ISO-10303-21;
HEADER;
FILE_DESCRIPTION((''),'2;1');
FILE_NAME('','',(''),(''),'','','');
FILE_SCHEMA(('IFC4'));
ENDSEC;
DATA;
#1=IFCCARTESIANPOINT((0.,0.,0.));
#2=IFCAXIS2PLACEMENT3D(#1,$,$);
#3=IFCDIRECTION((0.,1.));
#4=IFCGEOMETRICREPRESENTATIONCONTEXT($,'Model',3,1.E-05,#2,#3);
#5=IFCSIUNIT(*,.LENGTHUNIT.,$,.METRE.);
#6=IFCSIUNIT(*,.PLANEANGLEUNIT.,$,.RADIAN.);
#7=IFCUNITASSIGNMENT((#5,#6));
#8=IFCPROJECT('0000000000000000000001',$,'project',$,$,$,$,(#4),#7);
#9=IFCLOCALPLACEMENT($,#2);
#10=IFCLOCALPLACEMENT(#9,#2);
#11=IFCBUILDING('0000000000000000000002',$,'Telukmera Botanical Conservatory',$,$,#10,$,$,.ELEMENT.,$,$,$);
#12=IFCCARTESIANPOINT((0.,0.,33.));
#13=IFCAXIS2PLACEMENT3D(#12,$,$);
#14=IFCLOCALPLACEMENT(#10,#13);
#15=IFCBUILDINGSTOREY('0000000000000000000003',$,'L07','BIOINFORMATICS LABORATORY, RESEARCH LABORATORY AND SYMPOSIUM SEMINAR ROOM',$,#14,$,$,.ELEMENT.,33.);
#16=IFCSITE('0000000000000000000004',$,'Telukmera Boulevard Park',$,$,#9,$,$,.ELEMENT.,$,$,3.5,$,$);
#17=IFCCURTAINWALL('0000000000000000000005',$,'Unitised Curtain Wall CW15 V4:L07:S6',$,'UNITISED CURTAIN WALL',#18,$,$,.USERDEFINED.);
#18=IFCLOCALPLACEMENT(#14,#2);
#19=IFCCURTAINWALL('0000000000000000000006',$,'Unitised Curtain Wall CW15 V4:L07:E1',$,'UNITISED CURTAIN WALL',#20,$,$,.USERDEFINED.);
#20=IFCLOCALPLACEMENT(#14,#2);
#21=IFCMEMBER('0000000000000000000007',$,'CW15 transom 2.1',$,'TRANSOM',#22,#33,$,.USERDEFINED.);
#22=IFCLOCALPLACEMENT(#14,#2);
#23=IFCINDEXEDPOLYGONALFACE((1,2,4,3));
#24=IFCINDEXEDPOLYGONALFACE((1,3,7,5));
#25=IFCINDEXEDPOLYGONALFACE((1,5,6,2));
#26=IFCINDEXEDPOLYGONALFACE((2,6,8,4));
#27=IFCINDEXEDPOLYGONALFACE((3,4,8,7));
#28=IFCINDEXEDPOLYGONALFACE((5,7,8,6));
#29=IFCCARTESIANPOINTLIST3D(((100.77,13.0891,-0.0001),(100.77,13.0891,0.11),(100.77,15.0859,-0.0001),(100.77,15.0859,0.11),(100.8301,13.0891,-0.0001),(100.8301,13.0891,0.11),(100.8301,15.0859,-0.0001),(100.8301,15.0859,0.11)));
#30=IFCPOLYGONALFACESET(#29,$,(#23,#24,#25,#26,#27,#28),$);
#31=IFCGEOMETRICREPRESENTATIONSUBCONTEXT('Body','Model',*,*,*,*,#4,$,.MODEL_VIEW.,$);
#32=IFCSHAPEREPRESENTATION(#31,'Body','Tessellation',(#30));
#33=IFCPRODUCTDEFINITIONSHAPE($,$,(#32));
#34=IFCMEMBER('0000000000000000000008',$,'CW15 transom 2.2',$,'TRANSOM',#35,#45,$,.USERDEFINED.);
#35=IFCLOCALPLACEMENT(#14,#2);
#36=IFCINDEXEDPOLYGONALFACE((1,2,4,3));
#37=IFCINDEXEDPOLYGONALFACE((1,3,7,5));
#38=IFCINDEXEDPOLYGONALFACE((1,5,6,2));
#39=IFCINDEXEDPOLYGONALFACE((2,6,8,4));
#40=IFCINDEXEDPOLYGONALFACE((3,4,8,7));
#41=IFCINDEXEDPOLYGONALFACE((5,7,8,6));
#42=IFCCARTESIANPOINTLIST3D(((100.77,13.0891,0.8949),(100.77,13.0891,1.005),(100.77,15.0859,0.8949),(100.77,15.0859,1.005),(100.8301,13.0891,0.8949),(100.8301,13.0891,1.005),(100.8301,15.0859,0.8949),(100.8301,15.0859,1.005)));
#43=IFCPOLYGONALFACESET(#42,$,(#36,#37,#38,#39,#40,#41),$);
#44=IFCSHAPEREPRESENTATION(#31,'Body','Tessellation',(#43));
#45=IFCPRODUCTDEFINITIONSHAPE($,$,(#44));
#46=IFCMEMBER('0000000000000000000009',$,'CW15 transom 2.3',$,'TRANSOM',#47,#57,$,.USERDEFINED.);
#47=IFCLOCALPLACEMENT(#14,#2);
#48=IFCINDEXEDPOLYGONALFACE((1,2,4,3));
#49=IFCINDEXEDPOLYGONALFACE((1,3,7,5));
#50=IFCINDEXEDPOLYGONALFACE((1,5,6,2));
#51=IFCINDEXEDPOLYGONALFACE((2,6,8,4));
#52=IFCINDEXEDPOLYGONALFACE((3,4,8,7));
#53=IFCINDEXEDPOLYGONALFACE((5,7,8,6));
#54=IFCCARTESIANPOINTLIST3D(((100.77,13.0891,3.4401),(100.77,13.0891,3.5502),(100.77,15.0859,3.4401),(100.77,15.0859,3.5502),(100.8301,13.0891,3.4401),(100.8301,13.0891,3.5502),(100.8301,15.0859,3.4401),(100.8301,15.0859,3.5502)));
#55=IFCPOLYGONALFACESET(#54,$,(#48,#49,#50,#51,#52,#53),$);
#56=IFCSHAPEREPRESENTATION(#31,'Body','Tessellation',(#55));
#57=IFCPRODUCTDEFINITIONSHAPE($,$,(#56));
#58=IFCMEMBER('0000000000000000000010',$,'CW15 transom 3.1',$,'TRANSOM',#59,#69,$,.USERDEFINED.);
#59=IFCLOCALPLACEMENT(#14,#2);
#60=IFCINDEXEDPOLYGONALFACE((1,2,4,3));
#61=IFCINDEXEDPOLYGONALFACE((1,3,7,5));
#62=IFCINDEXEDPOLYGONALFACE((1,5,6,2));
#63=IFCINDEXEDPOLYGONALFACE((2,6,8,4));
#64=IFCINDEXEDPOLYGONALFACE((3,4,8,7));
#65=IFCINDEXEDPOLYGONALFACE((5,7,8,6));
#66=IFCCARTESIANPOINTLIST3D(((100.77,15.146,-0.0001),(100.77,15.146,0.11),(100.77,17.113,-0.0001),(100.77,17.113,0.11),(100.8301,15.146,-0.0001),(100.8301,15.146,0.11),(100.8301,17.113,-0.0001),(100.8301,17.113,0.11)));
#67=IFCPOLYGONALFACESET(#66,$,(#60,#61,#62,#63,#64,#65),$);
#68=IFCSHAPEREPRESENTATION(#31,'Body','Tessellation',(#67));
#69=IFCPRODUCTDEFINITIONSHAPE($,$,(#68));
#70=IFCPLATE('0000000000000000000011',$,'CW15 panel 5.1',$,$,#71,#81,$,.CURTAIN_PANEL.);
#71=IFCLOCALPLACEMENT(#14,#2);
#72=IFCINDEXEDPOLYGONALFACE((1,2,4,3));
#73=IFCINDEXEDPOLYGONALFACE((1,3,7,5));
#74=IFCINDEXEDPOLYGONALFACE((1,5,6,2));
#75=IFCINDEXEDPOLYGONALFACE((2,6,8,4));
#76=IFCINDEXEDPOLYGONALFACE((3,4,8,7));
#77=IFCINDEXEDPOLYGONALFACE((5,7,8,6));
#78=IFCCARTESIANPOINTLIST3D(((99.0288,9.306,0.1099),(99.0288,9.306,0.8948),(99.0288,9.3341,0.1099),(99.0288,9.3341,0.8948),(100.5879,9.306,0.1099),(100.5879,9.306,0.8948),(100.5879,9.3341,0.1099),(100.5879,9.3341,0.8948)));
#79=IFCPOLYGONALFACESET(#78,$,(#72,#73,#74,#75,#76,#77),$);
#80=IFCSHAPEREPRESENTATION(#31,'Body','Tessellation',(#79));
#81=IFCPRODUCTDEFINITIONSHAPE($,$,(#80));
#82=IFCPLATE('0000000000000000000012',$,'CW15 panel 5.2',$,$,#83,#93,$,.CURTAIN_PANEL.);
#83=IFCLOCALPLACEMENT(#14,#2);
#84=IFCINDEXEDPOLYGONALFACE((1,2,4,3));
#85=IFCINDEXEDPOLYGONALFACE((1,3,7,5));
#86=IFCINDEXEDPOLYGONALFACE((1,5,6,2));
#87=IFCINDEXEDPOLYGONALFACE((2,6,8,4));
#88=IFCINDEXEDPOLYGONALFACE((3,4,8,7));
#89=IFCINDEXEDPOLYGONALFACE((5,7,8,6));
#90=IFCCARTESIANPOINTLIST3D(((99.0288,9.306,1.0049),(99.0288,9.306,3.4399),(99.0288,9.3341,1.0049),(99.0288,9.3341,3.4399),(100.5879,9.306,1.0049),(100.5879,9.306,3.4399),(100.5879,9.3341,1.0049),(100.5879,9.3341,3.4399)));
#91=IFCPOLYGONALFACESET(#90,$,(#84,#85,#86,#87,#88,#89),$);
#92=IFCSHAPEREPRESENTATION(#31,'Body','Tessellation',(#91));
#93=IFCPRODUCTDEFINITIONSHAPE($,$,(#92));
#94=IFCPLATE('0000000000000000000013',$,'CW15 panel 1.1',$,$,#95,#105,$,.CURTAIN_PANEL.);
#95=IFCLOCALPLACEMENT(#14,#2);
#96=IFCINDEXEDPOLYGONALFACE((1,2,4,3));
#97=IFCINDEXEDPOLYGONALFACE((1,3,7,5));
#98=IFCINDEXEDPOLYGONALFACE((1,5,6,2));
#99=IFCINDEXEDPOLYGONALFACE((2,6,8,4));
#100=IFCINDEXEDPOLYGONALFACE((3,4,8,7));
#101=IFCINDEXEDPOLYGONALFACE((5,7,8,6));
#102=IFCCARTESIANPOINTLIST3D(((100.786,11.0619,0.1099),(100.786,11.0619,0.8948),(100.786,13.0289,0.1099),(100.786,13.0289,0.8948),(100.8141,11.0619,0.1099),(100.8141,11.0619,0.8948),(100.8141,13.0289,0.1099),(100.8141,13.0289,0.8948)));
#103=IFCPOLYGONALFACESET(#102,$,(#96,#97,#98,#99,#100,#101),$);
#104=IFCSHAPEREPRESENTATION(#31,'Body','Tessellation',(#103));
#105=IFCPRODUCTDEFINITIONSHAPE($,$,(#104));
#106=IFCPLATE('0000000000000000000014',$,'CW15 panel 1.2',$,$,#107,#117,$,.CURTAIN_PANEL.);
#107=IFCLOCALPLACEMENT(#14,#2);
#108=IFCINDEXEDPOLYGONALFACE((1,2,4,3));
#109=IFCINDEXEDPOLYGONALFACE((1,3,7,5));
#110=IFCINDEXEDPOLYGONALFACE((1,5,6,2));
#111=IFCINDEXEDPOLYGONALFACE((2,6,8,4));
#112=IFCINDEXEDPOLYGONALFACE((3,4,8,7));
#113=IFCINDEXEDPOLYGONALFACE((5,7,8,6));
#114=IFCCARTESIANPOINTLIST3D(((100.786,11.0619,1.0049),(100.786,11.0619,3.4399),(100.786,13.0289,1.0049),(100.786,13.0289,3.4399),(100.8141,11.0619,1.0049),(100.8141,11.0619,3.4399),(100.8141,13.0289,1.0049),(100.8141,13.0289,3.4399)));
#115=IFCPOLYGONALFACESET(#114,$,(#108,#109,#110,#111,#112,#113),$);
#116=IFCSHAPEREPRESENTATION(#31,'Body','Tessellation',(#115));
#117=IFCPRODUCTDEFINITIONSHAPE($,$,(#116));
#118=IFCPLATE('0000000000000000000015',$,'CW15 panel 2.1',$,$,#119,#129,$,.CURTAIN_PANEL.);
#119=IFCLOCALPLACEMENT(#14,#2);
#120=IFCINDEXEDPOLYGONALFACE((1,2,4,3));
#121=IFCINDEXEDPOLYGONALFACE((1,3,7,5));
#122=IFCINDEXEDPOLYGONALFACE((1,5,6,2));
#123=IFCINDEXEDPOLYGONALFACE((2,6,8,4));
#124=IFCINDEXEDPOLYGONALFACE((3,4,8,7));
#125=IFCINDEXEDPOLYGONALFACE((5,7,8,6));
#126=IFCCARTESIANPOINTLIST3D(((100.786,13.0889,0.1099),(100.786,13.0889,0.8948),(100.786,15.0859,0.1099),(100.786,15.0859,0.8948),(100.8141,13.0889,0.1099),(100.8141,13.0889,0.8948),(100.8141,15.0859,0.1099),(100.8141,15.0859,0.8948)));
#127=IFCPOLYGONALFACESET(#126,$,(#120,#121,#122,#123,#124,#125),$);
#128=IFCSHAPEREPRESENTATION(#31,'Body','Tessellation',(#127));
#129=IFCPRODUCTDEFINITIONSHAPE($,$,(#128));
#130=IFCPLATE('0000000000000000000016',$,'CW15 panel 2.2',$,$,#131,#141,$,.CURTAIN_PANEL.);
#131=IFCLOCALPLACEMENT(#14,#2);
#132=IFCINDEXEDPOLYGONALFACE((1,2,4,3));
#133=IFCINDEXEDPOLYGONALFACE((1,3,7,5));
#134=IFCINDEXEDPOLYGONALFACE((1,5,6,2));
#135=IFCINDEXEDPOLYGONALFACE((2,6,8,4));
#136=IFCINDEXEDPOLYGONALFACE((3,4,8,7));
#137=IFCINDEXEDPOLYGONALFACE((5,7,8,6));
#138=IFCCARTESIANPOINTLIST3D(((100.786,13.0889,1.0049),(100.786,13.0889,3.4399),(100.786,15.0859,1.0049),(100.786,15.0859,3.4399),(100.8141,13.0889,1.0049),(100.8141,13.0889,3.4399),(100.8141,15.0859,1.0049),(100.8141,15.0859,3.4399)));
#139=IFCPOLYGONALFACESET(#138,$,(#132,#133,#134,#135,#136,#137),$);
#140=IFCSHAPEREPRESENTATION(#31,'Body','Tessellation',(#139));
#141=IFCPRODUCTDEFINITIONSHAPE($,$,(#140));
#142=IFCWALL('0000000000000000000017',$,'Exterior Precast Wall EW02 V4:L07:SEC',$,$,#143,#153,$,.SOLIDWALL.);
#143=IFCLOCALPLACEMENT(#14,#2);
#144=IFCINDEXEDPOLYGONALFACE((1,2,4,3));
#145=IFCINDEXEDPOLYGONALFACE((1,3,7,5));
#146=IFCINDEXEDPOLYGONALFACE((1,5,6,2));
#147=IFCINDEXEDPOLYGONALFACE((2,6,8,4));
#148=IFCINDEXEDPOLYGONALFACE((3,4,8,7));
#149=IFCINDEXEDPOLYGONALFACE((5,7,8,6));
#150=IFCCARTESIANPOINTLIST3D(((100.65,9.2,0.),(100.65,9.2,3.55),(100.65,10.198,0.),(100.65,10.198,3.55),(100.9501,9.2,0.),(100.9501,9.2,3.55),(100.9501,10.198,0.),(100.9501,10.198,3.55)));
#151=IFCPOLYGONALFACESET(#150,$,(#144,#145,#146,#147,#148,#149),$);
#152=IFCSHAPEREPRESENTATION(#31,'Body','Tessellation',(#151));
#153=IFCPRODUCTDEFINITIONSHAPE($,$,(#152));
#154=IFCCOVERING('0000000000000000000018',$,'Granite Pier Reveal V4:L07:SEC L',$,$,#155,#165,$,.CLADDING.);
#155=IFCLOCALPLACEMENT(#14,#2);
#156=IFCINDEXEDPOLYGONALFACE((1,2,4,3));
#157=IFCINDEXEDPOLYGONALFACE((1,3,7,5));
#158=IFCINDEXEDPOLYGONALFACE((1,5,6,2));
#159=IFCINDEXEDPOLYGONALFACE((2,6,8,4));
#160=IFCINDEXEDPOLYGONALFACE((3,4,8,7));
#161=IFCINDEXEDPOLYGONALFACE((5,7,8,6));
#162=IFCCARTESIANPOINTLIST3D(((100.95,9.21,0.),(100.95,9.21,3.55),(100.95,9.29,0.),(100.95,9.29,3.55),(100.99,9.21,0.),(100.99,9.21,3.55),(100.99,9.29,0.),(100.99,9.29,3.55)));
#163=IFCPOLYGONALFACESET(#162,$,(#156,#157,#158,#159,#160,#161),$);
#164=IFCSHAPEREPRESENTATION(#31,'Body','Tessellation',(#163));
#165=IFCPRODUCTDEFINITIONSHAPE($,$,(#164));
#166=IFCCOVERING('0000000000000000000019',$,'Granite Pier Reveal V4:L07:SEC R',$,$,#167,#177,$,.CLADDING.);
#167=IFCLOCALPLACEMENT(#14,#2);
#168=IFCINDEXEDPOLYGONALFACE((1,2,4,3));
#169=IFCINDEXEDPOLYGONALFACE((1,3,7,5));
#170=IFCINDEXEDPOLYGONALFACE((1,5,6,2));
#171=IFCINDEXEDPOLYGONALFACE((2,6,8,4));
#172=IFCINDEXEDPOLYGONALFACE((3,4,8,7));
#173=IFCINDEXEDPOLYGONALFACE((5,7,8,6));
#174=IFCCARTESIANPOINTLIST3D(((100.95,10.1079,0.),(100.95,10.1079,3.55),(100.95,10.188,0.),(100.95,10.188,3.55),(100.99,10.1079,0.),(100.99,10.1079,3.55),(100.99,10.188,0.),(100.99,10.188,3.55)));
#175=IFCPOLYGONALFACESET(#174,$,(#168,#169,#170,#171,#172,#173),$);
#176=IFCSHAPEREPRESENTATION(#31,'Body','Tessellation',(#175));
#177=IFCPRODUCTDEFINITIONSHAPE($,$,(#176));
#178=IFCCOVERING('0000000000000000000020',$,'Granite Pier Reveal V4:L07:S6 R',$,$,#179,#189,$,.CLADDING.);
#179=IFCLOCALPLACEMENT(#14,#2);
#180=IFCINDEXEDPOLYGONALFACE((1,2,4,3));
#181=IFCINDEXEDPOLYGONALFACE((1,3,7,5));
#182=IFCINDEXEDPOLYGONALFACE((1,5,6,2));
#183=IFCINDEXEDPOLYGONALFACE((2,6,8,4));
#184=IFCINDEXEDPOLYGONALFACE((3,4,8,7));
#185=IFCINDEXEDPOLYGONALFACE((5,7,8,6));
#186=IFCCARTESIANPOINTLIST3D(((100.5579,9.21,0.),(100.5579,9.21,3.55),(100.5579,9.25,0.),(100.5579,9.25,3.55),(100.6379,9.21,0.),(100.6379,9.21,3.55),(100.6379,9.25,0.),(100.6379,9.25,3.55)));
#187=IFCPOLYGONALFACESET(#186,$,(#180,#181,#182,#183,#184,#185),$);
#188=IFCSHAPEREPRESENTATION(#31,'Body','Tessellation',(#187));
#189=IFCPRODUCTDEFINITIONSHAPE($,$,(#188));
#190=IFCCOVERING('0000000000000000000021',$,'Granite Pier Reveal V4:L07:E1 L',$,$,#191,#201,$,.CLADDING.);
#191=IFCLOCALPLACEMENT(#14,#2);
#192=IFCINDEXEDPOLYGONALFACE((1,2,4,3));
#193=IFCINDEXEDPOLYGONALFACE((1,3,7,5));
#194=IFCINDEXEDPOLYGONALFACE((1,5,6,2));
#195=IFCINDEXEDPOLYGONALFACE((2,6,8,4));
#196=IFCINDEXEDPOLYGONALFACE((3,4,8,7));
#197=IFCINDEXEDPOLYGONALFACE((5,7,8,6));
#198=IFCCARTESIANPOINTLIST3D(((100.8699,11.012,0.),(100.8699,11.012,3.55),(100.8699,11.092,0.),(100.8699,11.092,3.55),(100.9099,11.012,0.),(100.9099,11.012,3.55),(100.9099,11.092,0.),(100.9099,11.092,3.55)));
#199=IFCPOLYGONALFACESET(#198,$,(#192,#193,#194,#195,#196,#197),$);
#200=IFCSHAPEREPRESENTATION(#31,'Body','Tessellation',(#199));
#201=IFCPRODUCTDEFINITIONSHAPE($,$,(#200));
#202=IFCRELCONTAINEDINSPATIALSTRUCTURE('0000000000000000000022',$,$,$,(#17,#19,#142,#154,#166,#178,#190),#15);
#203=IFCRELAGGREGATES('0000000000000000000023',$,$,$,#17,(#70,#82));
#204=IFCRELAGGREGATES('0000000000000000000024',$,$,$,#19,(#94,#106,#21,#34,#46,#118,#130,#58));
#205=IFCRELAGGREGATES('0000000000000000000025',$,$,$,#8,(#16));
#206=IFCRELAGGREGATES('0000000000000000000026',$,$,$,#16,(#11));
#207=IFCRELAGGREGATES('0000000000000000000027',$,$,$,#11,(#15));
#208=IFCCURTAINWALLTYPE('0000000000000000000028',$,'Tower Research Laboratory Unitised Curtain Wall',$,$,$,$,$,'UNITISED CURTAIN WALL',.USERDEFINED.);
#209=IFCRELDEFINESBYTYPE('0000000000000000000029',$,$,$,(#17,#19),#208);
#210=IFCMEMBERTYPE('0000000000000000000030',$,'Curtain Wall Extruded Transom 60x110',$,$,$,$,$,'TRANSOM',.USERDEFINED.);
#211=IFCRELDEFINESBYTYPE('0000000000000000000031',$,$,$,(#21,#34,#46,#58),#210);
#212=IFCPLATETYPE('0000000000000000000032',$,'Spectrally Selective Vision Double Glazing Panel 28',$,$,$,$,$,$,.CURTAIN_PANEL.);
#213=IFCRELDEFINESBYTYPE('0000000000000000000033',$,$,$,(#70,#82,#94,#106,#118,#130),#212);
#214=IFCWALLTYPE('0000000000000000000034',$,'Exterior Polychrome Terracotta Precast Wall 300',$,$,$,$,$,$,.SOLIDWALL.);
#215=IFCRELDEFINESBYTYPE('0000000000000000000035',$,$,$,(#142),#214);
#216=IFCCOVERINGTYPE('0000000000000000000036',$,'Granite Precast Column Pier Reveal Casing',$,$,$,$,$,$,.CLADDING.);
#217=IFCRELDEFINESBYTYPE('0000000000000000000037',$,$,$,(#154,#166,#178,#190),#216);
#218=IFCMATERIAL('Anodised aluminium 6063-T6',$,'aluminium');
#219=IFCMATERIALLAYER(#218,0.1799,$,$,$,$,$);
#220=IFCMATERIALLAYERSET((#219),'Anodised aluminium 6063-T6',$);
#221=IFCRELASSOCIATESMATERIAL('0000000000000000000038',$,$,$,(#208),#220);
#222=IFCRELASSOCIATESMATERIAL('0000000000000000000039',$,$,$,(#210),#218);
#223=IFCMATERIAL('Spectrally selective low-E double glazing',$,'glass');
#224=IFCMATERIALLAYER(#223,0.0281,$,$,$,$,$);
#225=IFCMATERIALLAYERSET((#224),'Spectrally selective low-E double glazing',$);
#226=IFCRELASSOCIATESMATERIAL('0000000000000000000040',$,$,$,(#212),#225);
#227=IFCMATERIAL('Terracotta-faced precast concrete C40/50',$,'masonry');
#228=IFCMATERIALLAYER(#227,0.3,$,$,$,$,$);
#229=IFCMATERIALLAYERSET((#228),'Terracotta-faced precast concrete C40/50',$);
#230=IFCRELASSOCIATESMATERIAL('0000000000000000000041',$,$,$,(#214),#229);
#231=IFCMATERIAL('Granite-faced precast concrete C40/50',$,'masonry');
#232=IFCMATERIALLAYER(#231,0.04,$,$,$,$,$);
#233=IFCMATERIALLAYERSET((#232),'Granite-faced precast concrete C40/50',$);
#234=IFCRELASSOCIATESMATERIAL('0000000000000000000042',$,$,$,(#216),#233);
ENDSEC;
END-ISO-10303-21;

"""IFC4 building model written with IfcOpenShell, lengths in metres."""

from ifc_helpers import new_model, si_unit, direction, frame, frame_2d, origin, origin_2d, place, context, subcontext, project, spatial, rectangle, extrude, material, layer, layer_set, material_profile, profile_set, type_object, element, aggregate, save


model = new_model("IFC4")

# Units and contexts
model_context = context("Model", 3, precision=1e-05, world=origin(), true_north=direction((0.0, 1.0)))
body_context = subcontext(model_context, "Body", "Model", "MODEL_VIEW")
ifc_project = project(units=[si_unit("LENGTHUNIT", "METRE"), si_unit("PLANEANGLEUNIT", "RADIAN")], contexts=[model_context])

# Site, building, storey
site_placement = place(None, origin())
site = spatial("IfcSite", under=ifc_project, at=site_placement, Name="Telukmera Boulevard Park", CompositionType="ELEMENT", RefElevation=3.5)
building_placement = place(site_placement, origin())
building = spatial("IfcBuilding", under=site, at=building_placement, Name="Telukmera Botanical Conservatory", CompositionType="ELEMENT")
storey_placement = place(building_placement, frame((0.0, 0.0, 33.0)))
storey = spatial("IfcBuildingStorey", under=building, at=storey_placement, Name="L07", Description="BIOINFORMATICS LABORATORY, RESEARCH LABORATORY AND SYMPOSIUM SEMINAR ROOM", CompositionType="ELEMENT", Elevation=33.0)

# Curtain wall
ifc_material_1 = material(Name="Anodised aluminium 6063-T6", Category="aluminium")
ifc_layer_1 = layer(ifc_material_1, 0.1799)
ifc_layer_set_1 = layer_set([ifc_layer_1], Name="Anodised aluminium 6063-T6")
curtain_wall_type = type_object("IfcCurtainWallType", Name="Tower Research Laboratory Unitised Curtain Wall", ElementType="UNITISED CURTAIN WALL", PredefinedType="USERDEFINED", material=ifc_layer_set_1)
curtain_wall_1_placement = place(storey_placement, origin())
curtain_wall_1 = element("IfcCurtainWall", 1, at=curtain_wall_1_placement, inside=storey, type_object=curtain_wall_type, Name="Unitised Curtain Wall CW15 V4:L07:S6", ObjectType="UNITISED CURTAIN WALL", PredefinedType="USERDEFINED")

# Curtain wall
curtain_wall_2_placement = place(storey_placement, origin())
curtain_wall_2 = element("IfcCurtainWall", 2, at=curtain_wall_2_placement, inside=storey, type_object=curtain_wall_type, Name="Unitised Curtain Wall CW15 V4:L07:E1", ObjectType="UNITISED CURTAIN WALL", PredefinedType="USERDEFINED")

# Members
ifc_material_profile_1 = material_profile(ifc_material_1, rectangle(XDim=0.0601, YDim=0.1101, at=origin_2d()), Name="ALU TRAN 60x110")
ifc_profile_set_1 = profile_set([ifc_material_profile_1], Name="Anodised aluminium 6063-T6")
member_type_1 = type_object("IfcMemberType", Name="Curtain Wall Extruded Transom 60x110", ElementType="TRANSOM", PredefinedType="USERDEFINED", material=ifc_profile_set_1)
member_1_placement = place(storey_placement, frame((100.8, 13.0891, 0.0549), z_axis=(0.0, 1.0, 0.0), x_axis=(-1.0, 0.0, 0.0)))
member_1 = element("IfcMember", 3, at=member_1_placement, type_object=member_type_1, Name="CW15 transom 2.1", ObjectType="TRANSOM", PredefinedType="USERDEFINED", context=body_context, shape_type="SweptSolid", body=[
    extrude(rectangle(XDim=0.0601, YDim=0.1101, at=origin_2d()), origin(), (0.0, 0.0, 1.0), 1.9968),
])
member_2_placement = place(storey_placement, frame((100.8, 13.0891, 0.95), z_axis=(0.0, 1.0, 0.0), x_axis=(-1.0, 0.0, 0.0)))
member_2 = element("IfcMember", 4, at=member_2_placement, type_object=member_type_1, Name="CW15 transom 2.2", ObjectType="TRANSOM", PredefinedType="USERDEFINED", context=body_context, shape_type="SweptSolid", body=[
    extrude(rectangle(XDim=0.0601, YDim=0.1101, at=origin_2d()), origin(), (0.0, 0.0, 1.0), 1.9968),
])
member_3_placement = place(storey_placement, frame((100.8, 13.0891, 3.4951), z_axis=(0.0, 1.0, 0.0), x_axis=(-1.0, 0.0, 0.0)))
member_3 = element("IfcMember", 5, at=member_3_placement, type_object=member_type_1, Name="CW15 transom 2.3", ObjectType="TRANSOM", PredefinedType="USERDEFINED", context=body_context, shape_type="SweptSolid", body=[
    extrude(rectangle(XDim=0.0601, YDim=0.1101, at=origin_2d()), origin(), (0.0, 0.0, 1.0), 1.9968),
])
member_4_placement = place(storey_placement, frame((100.8, 15.146, 0.0549), z_axis=(0.0, 1.0, 0.0), x_axis=(-1.0, 0.0, 0.0)))
member_4 = element("IfcMember", 6, at=member_4_placement, type_object=member_type_1, Name="CW15 transom 3.1", ObjectType="TRANSOM", PredefinedType="USERDEFINED", context=body_context, shape_type="SweptSolid", body=[
    extrude(rectangle(XDim=0.0601, YDim=0.1101, at=origin_2d()), origin(), (0.0, 0.0, 1.0), 1.967),
])

# Plates
ifc_material_2 = material(Name="Spectrally selective low-E double glazing", Category="glass")
ifc_layer_2 = layer(ifc_material_2, 0.0281)
ifc_layer_set_2 = layer_set([ifc_layer_2], Name="Spectrally selective low-E double glazing")
plate_type = type_object("IfcPlateType", Name="Spectrally Selective Vision Double Glazing Panel 28", PredefinedType="CURTAIN_PANEL", material=ifc_layer_set_2)
plate_1_placement = place(storey_placement, frame((99.8083, 9.3201, 0.1099), z_axis=(0.0, 0.0, 1.0), x_axis=(1.0, 0.0, 0.0)))
plate_1 = element("IfcPlate", 7, at=plate_1_placement, type_object=plate_type, Name="CW15 panel 5.1", PredefinedType="CURTAIN_PANEL", context=body_context, shape_type="SweptSolid", body=[
    extrude(rectangle(XDim=1.5591, YDim=0.0281, at=origin_2d()), origin(), (0.0, 0.0, 1.0), 0.7849),
])
plate_2_placement = place(storey_placement, frame((99.8083, 9.3201, 1.0049), z_axis=(0.0, 0.0, 1.0), x_axis=(1.0, 0.0, 0.0)))
plate_2 = element("IfcPlate", 8, at=plate_2_placement, type_object=plate_type, Name="CW15 panel 5.2", PredefinedType="CURTAIN_PANEL", context=body_context, shape_type="SweptSolid", body=[
    extrude(rectangle(XDim=1.5591, YDim=0.0281, at=origin_2d()), origin(), (0.0, 0.0, 1.0), 2.4351),
])
aggregate(curtain_wall_1, [plate_1, plate_2])
plate_3_placement = place(storey_placement, frame((100.8, 12.0454, 0.1099), z_axis=(0.0, 0.0, 1.0), x_axis=(0.0, 1.0, 0.0)))
plate_3 = element("IfcPlate", 9, at=plate_3_placement, type_object=plate_type, Name="CW15 panel 1.1", PredefinedType="CURTAIN_PANEL", context=body_context, shape_type="SweptSolid", body=[
    extrude(rectangle(XDim=1.967, YDim=0.0281, at=origin_2d()), origin(), (0.0, 0.0, 1.0), 0.7849),
])
plate_4_placement = place(storey_placement, frame((100.8, 12.0454, 1.0049), z_axis=(0.0, 0.0, 1.0), x_axis=(0.0, 1.0, 0.0)))
plate_4 = element("IfcPlate", 10, at=plate_4_placement, type_object=plate_type, Name="CW15 panel 1.2", PredefinedType="CURTAIN_PANEL", context=body_context, shape_type="SweptSolid", body=[
    extrude(rectangle(XDim=1.967, YDim=0.0281, at=origin_2d()), origin(), (0.0, 0.0, 1.0), 2.4351),
])
plate_5_placement = place(storey_placement, frame((100.8, 14.0874, 0.1099), z_axis=(0.0, 0.0, 1.0), x_axis=(0.0, 1.0, 0.0)))
plate_5 = element("IfcPlate", 11, at=plate_5_placement, type_object=plate_type, Name="CW15 panel 2.1", PredefinedType="CURTAIN_PANEL", context=body_context, shape_type="SweptSolid", body=[
    extrude(rectangle(XDim=1.9971, YDim=0.0281, at=origin_2d()), origin(), (0.0, 0.0, 1.0), 0.7849),
])
plate_6_placement = place(storey_placement, frame((100.8, 14.0874, 1.0049), z_axis=(0.0, 0.0, 1.0), x_axis=(0.0, 1.0, 0.0)))
plate_6 = element("IfcPlate", 12, at=plate_6_placement, type_object=plate_type, Name="CW15 panel 2.2", PredefinedType="CURTAIN_PANEL", context=body_context, shape_type="SweptSolid", body=[
    extrude(rectangle(XDim=1.9971, YDim=0.0281, at=origin_2d()), origin(), (0.0, 0.0, 1.0), 2.4351),
])
aggregate(curtain_wall_2, [plate_3, plate_4, member_1, member_2, member_3, plate_5, plate_6, member_4])

# Wall
ifc_material_3 = material(Name="Terracotta-faced precast concrete C40/50", Category="masonry")
ifc_layer_3 = layer(ifc_material_3, 0.3)
ifc_layer_set_3 = layer_set([ifc_layer_3], Name="Terracotta-faced precast concrete C40/50")
wall_type = type_object("IfcWallType", Name="Exterior Polychrome Terracotta Precast Wall 300", PredefinedType="SOLIDWALL", material=ifc_layer_set_3)
wall_placement = place(storey_placement, frame((100.8, 9.2, 0.0), z_axis=(0.0, 0.0, 1.0), x_axis=(0.0, 1.0, 0.0)))
element("IfcWall", 13, at=wall_placement, inside=storey, type_object=wall_type, Name="Exterior Precast Wall EW02 V4:L07:SEC", PredefinedType="SOLIDWALL", context=body_context, shape_type="SweptSolid", body=[
    extrude(rectangle(XDim=0.998, YDim=0.3, at=frame_2d((0.499, 0.0))), origin(), (0.0, 0.0, 1.0), 3.55),
])

# Coverings
ifc_material_4 = material(Name="Granite-faced precast concrete C40/50", Category="masonry")
ifc_layer_4 = layer(ifc_material_4, 0.04)
ifc_layer_set_4 = layer_set([ifc_layer_4], Name="Granite-faced precast concrete C40/50")
covering_type = type_object("IfcCoveringType", Name="Granite Precast Column Pier Reveal Casing", PredefinedType="CLADDING", material=ifc_layer_set_4)
for number, where, z_axis, x_axis, name in (
    (14, (100.97, 9.25, 0.0), (0.0, 0.0, 1.0), (0.0, 1.0, 0.0), "Granite Pier Reveal V4:L07:SEC L"),
    (15, (100.97, 10.1479, 0.0), (0.0, 0.0, 1.0), (0.0, 1.0, 0.0), "Granite Pier Reveal V4:L07:SEC R"),
    (16, (100.5979, 9.23, 0.0), (0.0, 0.0, 1.0), (1.0, 0.0, 0.0), "Granite Pier Reveal V4:L07:S6 R"),
    (17, (100.8899, 11.052, 0.0), (0.0, 0.0, 1.0), (0.0, 1.0, 0.0), "Granite Pier Reveal V4:L07:E1 L"),
):
    element("IfcCovering", number, at=place(storey_placement, frame(where, z_axis=z_axis, x_axis=x_axis)), inside=storey, type_object=covering_type, Name=name, PredefinedType="CLADDING", context=body_context, shape_type="SweptSolid", body=[
        extrude(rectangle(XDim=0.0801, YDim=0.04, at=origin_2d()), origin(), (0.0, 0.0, 1.0), 3.55),
    ])

save(model, "model.ifc")
